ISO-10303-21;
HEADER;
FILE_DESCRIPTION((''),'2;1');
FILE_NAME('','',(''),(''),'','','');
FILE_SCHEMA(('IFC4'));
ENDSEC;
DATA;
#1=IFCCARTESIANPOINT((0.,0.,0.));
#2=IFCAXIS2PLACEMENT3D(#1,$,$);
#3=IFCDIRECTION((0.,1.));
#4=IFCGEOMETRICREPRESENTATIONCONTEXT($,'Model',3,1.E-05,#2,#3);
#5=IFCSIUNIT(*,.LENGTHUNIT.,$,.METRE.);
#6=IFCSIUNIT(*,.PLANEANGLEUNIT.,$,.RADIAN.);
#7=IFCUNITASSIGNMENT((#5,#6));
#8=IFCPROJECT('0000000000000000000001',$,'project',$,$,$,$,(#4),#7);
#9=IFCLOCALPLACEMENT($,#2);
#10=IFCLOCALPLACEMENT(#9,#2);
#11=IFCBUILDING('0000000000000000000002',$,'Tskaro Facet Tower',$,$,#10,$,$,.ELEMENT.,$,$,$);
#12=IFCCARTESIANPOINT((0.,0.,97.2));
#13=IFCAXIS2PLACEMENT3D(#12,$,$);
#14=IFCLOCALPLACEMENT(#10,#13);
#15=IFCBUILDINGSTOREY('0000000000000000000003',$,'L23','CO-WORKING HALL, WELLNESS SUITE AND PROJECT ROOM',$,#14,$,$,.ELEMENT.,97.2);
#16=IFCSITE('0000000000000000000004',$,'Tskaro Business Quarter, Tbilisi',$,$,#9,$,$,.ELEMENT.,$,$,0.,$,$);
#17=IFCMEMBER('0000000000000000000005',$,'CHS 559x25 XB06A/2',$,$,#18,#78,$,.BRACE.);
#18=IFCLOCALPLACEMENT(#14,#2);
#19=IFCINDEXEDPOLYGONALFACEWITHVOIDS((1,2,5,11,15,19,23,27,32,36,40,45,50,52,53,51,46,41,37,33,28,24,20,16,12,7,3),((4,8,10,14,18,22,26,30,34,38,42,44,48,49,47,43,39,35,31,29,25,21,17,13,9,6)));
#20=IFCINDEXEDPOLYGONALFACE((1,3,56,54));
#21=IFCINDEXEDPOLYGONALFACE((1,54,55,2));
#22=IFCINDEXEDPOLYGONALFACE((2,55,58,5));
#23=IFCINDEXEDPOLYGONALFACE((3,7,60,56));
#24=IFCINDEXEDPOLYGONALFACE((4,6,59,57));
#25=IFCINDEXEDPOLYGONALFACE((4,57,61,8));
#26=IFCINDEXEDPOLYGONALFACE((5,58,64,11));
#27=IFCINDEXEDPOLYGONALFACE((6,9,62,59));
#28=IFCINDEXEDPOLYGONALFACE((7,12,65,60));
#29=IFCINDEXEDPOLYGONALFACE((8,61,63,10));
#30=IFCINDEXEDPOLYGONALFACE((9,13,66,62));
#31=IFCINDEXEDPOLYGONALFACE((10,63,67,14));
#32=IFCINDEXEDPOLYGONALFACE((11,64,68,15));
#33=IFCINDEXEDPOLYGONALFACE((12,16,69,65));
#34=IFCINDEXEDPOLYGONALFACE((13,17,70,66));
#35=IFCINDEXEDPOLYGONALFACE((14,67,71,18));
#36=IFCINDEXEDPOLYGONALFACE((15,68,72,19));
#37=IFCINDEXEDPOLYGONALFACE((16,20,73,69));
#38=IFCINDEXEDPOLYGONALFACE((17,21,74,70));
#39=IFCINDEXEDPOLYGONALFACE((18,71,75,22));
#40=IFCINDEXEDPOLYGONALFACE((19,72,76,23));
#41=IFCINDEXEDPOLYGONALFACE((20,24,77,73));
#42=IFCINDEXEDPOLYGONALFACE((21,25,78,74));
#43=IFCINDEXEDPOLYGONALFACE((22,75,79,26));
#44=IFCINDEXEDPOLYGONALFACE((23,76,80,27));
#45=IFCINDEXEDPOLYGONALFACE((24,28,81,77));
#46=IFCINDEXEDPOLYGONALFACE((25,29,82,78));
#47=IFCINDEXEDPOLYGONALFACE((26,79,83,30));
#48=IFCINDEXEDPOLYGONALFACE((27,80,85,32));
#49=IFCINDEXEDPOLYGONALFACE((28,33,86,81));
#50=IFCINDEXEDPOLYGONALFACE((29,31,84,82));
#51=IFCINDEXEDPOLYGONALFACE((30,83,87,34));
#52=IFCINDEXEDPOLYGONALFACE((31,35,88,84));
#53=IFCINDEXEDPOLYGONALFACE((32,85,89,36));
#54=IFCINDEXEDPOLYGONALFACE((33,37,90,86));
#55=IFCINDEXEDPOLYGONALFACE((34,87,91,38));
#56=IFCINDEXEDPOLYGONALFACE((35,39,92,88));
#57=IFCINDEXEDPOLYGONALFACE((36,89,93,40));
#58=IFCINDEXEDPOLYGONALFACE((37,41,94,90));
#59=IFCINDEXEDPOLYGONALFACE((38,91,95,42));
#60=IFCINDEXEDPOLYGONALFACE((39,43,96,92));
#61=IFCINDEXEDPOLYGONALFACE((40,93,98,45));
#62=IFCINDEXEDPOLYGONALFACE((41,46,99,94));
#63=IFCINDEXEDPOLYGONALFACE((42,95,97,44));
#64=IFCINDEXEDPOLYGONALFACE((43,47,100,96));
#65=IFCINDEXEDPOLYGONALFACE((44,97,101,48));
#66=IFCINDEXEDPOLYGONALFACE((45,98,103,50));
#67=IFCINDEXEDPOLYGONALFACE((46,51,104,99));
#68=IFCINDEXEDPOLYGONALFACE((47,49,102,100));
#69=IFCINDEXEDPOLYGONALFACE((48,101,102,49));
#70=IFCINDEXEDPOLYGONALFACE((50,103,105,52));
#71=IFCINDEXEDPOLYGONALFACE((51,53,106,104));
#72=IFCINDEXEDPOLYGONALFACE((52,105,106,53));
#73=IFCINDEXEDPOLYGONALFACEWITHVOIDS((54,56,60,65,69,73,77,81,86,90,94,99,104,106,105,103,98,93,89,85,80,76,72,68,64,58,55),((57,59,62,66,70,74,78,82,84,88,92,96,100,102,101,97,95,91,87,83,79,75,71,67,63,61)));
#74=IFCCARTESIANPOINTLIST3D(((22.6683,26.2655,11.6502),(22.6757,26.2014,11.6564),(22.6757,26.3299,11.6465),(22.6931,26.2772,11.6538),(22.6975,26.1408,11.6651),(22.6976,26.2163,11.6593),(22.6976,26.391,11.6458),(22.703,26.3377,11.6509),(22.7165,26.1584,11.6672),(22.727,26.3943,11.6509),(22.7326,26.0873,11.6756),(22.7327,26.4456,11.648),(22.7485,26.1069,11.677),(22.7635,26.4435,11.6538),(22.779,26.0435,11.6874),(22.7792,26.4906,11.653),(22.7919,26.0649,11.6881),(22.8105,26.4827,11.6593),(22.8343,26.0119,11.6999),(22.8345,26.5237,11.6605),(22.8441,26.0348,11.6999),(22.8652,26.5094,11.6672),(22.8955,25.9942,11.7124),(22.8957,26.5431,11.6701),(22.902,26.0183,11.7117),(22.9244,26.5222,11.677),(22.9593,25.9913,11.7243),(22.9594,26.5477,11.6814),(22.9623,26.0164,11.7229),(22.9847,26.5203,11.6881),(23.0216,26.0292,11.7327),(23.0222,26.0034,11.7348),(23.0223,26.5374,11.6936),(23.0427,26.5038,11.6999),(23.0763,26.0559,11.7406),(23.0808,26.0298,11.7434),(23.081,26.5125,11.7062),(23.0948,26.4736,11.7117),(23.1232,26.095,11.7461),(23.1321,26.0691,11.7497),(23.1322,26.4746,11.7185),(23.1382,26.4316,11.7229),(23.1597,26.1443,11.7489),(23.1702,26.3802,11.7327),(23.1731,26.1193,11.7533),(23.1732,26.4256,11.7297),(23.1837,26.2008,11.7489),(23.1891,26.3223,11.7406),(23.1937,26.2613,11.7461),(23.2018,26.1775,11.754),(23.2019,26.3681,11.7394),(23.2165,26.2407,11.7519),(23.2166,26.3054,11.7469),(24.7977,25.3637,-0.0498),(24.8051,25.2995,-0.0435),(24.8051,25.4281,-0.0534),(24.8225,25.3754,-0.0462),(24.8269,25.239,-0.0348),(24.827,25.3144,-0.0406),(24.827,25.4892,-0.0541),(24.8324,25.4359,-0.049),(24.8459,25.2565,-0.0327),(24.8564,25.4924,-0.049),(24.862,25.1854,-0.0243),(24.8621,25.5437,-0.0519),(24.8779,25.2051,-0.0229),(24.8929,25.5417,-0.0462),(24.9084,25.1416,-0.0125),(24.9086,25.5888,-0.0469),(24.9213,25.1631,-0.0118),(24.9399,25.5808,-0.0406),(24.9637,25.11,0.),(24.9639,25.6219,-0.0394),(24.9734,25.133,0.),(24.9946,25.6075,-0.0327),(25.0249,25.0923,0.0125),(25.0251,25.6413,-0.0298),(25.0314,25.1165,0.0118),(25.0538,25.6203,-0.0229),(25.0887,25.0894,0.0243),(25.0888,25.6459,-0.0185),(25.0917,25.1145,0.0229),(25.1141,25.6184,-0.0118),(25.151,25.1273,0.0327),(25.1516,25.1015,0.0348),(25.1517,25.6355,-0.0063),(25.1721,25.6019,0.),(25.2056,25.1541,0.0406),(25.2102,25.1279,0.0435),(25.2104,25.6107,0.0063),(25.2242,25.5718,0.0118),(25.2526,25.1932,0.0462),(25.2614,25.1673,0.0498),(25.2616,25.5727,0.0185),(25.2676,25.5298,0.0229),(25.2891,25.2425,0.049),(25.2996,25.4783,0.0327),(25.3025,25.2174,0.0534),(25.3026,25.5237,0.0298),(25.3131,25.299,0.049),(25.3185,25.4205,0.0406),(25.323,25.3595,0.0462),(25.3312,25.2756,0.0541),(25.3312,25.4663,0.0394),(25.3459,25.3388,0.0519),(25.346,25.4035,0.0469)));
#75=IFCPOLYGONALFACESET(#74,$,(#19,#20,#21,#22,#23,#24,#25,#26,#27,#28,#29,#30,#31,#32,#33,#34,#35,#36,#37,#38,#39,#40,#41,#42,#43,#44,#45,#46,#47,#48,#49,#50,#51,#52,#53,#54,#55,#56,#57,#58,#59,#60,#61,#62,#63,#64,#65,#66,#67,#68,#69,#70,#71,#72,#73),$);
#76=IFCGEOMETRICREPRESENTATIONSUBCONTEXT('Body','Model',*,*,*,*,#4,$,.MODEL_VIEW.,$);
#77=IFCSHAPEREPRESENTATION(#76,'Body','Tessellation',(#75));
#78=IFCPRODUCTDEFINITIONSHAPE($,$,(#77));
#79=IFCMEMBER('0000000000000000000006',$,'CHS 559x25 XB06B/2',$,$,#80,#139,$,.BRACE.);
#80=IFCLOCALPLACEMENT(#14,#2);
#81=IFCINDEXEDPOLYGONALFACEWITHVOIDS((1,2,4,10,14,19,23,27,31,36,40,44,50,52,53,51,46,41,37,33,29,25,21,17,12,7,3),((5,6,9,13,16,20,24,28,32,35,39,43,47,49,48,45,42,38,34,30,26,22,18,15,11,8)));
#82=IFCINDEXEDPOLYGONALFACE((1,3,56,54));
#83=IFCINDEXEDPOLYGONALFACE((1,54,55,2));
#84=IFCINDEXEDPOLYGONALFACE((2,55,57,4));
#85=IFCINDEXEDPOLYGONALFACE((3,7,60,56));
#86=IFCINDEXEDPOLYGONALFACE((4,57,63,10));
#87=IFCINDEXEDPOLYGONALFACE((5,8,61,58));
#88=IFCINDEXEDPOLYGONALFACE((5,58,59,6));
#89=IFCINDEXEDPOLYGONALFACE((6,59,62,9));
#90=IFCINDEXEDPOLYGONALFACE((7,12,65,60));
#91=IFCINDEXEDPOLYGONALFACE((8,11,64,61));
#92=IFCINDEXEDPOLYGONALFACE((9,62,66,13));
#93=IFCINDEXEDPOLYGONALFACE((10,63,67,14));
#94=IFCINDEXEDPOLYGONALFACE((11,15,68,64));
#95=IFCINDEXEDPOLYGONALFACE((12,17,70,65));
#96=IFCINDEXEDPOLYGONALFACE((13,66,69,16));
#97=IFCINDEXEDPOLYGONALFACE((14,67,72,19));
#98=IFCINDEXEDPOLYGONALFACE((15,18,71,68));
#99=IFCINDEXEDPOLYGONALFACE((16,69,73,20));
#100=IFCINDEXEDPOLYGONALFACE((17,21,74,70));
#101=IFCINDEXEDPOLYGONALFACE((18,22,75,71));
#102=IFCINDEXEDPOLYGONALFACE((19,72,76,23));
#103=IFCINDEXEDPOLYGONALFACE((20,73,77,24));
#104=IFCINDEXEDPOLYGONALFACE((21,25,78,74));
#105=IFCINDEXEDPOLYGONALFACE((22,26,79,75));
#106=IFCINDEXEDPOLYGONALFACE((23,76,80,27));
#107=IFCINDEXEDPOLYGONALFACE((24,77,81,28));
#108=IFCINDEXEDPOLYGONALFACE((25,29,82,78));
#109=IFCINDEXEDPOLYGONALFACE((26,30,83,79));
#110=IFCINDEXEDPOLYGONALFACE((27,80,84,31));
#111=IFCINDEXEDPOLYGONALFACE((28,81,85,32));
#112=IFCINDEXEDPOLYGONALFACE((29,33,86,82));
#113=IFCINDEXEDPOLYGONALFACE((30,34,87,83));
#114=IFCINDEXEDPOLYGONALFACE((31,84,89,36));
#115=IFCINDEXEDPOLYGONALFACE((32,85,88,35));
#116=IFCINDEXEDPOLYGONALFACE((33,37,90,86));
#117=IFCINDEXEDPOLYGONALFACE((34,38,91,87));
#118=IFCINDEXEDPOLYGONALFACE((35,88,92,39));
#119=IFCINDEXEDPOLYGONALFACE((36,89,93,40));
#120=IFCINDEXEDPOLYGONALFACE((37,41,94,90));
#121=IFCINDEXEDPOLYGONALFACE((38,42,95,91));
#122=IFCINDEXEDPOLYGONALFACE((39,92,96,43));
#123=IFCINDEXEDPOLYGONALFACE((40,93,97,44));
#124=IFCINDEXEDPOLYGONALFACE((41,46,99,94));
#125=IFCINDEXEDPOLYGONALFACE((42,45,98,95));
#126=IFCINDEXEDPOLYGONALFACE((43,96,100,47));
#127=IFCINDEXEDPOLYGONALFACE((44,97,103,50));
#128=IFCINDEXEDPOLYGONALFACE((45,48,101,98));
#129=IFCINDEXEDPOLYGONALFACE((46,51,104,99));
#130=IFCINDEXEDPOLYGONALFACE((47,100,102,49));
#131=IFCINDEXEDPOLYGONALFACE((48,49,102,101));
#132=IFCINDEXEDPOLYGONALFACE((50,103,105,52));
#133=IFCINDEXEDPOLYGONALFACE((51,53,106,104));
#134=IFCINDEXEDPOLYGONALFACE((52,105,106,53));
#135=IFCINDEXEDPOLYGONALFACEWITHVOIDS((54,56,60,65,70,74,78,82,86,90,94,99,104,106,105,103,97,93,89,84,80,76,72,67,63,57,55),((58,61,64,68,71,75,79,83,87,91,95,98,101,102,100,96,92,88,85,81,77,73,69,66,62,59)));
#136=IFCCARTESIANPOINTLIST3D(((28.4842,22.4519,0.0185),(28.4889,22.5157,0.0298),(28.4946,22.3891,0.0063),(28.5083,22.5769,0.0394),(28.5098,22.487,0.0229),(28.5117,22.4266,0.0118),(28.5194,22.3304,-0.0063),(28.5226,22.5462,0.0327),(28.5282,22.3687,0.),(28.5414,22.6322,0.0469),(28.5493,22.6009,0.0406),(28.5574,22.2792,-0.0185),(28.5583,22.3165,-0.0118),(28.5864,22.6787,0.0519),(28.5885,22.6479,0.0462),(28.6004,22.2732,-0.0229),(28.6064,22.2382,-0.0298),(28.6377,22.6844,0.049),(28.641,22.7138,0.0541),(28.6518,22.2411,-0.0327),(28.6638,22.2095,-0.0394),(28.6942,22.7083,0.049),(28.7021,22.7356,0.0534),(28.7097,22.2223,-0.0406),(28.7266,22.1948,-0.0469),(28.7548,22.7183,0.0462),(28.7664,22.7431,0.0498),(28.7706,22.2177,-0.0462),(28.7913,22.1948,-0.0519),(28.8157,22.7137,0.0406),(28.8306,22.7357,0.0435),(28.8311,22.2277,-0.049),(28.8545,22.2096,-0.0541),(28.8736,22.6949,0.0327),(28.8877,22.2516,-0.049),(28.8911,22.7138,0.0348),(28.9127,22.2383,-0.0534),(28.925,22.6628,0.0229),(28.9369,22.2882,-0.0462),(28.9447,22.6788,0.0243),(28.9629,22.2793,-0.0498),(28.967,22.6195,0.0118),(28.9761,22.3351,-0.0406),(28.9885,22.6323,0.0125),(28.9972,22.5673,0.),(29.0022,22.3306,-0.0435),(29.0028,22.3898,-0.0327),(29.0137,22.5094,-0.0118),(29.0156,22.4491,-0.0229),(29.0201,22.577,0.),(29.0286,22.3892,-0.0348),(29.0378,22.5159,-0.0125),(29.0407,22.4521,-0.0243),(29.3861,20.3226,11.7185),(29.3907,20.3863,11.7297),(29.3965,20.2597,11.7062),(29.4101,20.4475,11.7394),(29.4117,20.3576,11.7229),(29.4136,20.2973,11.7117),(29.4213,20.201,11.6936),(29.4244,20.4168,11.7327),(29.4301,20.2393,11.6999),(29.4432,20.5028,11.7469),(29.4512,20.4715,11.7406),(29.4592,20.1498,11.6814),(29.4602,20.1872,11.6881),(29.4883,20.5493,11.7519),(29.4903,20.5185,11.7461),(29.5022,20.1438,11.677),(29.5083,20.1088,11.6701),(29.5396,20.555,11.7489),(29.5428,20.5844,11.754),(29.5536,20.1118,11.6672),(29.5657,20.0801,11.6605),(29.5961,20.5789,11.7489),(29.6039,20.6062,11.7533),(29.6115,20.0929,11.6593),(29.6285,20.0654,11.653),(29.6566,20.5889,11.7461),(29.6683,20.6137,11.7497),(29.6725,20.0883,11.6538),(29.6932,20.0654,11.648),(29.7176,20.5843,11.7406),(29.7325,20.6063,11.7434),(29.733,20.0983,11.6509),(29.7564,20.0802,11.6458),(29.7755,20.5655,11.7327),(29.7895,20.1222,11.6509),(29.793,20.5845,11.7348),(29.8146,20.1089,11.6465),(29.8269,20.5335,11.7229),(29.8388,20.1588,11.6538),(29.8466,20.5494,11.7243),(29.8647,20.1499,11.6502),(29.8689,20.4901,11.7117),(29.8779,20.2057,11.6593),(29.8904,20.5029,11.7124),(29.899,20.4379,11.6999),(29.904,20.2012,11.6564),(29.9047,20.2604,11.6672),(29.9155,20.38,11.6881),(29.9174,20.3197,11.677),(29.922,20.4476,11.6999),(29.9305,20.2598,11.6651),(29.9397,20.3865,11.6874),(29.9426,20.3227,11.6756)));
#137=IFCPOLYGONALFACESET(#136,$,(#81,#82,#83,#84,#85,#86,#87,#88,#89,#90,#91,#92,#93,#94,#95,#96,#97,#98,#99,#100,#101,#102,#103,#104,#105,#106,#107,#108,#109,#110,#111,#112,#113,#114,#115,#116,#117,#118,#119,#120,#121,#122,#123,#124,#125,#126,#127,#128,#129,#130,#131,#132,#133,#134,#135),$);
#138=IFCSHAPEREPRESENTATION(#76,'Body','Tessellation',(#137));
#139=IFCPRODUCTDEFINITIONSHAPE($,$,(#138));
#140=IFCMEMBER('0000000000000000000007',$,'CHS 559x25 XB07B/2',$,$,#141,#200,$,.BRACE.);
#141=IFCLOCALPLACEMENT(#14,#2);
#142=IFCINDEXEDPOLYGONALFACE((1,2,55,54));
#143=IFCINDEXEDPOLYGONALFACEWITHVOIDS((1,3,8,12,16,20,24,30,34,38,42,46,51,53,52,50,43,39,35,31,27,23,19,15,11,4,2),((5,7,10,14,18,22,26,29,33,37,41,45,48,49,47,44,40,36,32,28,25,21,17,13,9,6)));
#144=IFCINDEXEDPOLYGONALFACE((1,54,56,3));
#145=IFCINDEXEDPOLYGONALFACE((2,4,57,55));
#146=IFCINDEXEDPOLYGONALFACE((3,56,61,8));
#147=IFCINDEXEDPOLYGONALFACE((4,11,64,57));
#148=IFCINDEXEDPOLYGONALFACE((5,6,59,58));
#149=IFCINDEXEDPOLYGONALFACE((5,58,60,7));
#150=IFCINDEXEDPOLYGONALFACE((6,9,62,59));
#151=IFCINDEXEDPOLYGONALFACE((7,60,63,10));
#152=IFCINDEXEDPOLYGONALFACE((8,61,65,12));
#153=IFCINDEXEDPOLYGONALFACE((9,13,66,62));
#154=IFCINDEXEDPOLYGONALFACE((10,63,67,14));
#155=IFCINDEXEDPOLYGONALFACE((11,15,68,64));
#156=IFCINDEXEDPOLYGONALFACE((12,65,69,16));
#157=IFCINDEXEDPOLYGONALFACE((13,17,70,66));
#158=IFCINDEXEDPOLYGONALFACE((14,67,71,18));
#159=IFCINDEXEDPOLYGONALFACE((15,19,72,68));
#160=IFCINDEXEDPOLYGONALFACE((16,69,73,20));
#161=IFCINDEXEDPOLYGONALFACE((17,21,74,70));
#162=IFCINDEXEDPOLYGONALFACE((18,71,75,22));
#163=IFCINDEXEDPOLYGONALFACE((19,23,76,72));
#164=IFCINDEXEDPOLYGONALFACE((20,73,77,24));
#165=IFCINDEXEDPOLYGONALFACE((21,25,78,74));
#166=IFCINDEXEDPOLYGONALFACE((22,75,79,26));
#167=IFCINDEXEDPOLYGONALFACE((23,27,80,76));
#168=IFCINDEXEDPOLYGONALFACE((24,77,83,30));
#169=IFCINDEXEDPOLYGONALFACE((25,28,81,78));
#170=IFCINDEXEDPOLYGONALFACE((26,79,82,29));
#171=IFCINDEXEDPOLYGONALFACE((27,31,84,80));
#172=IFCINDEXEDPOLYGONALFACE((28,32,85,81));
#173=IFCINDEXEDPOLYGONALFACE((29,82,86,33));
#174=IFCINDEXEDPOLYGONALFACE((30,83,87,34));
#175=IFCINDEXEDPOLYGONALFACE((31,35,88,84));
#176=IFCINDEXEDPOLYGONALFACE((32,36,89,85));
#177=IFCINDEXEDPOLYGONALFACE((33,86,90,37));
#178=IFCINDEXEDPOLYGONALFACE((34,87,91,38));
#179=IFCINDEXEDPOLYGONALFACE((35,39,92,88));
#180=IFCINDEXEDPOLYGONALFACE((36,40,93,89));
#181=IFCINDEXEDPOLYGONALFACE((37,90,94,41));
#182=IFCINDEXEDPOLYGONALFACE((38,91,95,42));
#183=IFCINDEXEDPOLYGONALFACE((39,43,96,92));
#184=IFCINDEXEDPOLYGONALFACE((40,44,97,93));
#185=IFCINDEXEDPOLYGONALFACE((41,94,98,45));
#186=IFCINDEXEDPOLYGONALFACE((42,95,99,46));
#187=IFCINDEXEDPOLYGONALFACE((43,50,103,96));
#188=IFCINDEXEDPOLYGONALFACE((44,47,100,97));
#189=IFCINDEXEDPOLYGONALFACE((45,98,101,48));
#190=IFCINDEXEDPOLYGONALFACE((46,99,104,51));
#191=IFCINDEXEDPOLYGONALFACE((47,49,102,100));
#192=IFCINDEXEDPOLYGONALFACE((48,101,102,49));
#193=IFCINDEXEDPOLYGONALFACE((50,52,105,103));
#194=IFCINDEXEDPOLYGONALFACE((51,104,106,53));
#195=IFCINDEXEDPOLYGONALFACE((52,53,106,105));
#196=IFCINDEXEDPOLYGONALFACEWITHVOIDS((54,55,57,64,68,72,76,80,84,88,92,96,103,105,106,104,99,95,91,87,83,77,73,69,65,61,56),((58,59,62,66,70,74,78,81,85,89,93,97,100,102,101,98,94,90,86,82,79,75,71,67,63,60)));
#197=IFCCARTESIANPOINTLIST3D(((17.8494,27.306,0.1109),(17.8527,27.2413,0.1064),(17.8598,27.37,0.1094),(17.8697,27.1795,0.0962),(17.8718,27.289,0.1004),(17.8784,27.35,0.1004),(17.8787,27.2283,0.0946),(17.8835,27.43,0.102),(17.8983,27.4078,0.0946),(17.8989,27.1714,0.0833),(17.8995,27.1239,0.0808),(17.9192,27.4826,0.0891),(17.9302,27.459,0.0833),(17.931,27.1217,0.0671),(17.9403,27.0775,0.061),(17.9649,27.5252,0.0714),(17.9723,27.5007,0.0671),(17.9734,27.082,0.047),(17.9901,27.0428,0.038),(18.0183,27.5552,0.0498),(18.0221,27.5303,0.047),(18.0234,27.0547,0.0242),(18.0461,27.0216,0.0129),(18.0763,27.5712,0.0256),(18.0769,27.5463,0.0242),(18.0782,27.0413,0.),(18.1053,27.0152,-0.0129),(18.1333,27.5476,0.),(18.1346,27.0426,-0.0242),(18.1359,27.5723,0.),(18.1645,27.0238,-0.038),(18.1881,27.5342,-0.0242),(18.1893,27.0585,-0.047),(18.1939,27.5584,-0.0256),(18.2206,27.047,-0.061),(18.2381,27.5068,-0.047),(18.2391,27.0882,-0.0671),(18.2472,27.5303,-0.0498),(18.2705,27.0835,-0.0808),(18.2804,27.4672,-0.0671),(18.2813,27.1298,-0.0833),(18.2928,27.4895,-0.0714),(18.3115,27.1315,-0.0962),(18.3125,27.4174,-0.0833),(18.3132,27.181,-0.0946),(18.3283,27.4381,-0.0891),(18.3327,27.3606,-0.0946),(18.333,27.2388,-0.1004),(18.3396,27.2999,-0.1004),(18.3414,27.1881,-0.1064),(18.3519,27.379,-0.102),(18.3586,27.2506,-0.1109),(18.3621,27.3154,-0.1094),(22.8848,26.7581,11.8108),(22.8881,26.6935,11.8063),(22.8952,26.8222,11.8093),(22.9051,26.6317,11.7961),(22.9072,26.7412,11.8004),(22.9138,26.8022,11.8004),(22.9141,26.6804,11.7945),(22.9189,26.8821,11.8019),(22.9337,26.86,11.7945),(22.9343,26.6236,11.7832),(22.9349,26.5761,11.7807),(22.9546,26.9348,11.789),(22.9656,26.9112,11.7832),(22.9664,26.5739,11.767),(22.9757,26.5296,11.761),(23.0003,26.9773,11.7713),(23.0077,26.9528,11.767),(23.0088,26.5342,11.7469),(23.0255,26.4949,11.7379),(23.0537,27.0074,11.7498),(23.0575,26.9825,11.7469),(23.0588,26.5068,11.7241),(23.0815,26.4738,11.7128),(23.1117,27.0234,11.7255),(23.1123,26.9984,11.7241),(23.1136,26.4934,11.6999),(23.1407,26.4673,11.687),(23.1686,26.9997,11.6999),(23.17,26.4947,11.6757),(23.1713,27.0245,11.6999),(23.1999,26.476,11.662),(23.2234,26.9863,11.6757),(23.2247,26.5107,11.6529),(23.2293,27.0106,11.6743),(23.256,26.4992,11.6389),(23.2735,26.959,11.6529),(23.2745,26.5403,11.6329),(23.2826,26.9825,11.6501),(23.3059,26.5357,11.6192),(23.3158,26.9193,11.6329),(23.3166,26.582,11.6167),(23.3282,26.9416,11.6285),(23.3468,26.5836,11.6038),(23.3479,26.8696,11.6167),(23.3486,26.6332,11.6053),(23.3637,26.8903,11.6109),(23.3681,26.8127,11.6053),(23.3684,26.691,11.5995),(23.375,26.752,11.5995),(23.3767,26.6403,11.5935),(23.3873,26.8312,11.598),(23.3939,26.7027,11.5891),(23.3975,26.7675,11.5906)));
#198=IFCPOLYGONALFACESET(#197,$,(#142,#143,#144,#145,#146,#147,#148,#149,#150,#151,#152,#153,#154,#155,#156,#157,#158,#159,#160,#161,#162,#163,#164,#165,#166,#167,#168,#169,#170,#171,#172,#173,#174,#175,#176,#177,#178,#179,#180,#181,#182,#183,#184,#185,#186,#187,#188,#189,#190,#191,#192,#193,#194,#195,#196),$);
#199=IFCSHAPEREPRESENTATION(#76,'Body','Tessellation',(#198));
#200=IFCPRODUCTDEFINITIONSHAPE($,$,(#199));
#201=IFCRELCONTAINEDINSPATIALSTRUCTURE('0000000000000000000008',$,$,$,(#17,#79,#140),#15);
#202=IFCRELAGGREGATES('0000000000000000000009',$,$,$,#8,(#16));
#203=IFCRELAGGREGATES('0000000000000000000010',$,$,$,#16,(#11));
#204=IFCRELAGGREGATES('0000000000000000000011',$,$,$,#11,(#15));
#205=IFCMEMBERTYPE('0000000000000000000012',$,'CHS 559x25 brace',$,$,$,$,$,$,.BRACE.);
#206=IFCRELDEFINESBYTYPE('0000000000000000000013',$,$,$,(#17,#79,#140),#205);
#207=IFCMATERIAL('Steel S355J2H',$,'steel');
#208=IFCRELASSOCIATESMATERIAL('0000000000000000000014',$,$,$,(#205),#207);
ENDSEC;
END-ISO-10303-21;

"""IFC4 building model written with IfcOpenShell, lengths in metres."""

from ifc_helpers import new_model, si_unit, direction, frame, origin, origin_2d, place, context, subcontext, project, spatial, hollow_circle, extrude, material, material_profile, profile_set, type_object, element, save


model = new_model("IFC4")

# Units and contexts
model_context = context("Model", 3, precision=1e-05, world=origin(), true_north=direction((0.0, 1.0)))
body_context = subcontext(model_context, "Body", "Model", "MODEL_VIEW")
ifc_project = project(units=[si_unit("LENGTHUNIT", "METRE"), si_unit("PLANEANGLEUNIT", "RADIAN")], contexts=[model_context])

# Site, building, storey
site_placement = place(None, origin())
site = spatial("IfcSite", under=ifc_project, at=site_placement, Name="Tskaro Business Quarter, Tbilisi", CompositionType="ELEMENT", RefElevation=0.0)
building_placement = place(site_placement, origin())
building = spatial("IfcBuilding", under=site, at=building_placement, Name="Tskaro Facet Tower", CompositionType="ELEMENT")
storey_placement = place(building_placement, frame((0.0, 0.0, 97.2)))
storey = spatial("IfcBuildingStorey", under=building, at=storey_placement, Name="L23", Description="CO-WORKING HALL, WELLNESS SUITE AND PROJECT ROOM", CompositionType="ELEMENT", Elevation=97.2)

# Shared definitions
ifc_material_1 = material(Name="Steel S355J2H", Category="steel")

# Members
ifc_material_profile_1 = material_profile(ifc_material_1, hollow_circle(Radius=0.2795, WallThickness=0.0249, at=origin_2d()), Name="CHS 559x25")
ifc_profile_set_1 = profile_set([ifc_material_profile_1], Name="Steel S355J2H")
member_type_1 = type_object("IfcMemberType", Name="CHS 559x25 brace", PredefinedType="BRACE", material=ifc_profile_set_1)
for number, where, z_axis, x_axis, name in (
    (1, (25.0728, 25.3674, 0.0), (-0.178546, 0.075619, 0.981021), (-0.389991, -0.920819, 0.0), "CHS 559x25 XB06A/2"),
    (2, (28.7627, 22.468, 0.0), (0.075619, -0.178546, 0.981021), (0.920819, 0.389991, 0.0), "CHS 559x25 XB06B/2"),
):
    element("IfcMember", number, at=place(storey_placement, frame(where, z_axis=z_axis, x_axis=x_axis)), inside=storey, type_object=member_type_1, Name=name, PredefinedType="BRACE", context=body_context, shape_type="SweptSolid", body=[
        extrude(hollow_circle(Radius=0.2795, WallThickness=0.0249, at=origin_2d()), origin(), (0.0, 0.0, 1.0), 11.9263),
    ])
member_1_placement = place(storey_placement, frame((18.1057, 27.2944, 0.0), z_axis=(0.394956, -0.042971, 0.917695), x_axis=(0.108162, 0.994133, 0.0)))
element("IfcMember", 3, at=member_1_placement, inside=storey, type_object=member_type_1, Name="CHS 559x25 XB07B/2", PredefinedType="BRACE", context=body_context, shape_type="SweptSolid", body=[
    extrude(hollow_circle(Radius=0.2795, WallThickness=0.0249, at=origin_2d()), origin(), (0.0, 0.0, 1.0), 12.7493),
])

save(model, "model.ifc")
